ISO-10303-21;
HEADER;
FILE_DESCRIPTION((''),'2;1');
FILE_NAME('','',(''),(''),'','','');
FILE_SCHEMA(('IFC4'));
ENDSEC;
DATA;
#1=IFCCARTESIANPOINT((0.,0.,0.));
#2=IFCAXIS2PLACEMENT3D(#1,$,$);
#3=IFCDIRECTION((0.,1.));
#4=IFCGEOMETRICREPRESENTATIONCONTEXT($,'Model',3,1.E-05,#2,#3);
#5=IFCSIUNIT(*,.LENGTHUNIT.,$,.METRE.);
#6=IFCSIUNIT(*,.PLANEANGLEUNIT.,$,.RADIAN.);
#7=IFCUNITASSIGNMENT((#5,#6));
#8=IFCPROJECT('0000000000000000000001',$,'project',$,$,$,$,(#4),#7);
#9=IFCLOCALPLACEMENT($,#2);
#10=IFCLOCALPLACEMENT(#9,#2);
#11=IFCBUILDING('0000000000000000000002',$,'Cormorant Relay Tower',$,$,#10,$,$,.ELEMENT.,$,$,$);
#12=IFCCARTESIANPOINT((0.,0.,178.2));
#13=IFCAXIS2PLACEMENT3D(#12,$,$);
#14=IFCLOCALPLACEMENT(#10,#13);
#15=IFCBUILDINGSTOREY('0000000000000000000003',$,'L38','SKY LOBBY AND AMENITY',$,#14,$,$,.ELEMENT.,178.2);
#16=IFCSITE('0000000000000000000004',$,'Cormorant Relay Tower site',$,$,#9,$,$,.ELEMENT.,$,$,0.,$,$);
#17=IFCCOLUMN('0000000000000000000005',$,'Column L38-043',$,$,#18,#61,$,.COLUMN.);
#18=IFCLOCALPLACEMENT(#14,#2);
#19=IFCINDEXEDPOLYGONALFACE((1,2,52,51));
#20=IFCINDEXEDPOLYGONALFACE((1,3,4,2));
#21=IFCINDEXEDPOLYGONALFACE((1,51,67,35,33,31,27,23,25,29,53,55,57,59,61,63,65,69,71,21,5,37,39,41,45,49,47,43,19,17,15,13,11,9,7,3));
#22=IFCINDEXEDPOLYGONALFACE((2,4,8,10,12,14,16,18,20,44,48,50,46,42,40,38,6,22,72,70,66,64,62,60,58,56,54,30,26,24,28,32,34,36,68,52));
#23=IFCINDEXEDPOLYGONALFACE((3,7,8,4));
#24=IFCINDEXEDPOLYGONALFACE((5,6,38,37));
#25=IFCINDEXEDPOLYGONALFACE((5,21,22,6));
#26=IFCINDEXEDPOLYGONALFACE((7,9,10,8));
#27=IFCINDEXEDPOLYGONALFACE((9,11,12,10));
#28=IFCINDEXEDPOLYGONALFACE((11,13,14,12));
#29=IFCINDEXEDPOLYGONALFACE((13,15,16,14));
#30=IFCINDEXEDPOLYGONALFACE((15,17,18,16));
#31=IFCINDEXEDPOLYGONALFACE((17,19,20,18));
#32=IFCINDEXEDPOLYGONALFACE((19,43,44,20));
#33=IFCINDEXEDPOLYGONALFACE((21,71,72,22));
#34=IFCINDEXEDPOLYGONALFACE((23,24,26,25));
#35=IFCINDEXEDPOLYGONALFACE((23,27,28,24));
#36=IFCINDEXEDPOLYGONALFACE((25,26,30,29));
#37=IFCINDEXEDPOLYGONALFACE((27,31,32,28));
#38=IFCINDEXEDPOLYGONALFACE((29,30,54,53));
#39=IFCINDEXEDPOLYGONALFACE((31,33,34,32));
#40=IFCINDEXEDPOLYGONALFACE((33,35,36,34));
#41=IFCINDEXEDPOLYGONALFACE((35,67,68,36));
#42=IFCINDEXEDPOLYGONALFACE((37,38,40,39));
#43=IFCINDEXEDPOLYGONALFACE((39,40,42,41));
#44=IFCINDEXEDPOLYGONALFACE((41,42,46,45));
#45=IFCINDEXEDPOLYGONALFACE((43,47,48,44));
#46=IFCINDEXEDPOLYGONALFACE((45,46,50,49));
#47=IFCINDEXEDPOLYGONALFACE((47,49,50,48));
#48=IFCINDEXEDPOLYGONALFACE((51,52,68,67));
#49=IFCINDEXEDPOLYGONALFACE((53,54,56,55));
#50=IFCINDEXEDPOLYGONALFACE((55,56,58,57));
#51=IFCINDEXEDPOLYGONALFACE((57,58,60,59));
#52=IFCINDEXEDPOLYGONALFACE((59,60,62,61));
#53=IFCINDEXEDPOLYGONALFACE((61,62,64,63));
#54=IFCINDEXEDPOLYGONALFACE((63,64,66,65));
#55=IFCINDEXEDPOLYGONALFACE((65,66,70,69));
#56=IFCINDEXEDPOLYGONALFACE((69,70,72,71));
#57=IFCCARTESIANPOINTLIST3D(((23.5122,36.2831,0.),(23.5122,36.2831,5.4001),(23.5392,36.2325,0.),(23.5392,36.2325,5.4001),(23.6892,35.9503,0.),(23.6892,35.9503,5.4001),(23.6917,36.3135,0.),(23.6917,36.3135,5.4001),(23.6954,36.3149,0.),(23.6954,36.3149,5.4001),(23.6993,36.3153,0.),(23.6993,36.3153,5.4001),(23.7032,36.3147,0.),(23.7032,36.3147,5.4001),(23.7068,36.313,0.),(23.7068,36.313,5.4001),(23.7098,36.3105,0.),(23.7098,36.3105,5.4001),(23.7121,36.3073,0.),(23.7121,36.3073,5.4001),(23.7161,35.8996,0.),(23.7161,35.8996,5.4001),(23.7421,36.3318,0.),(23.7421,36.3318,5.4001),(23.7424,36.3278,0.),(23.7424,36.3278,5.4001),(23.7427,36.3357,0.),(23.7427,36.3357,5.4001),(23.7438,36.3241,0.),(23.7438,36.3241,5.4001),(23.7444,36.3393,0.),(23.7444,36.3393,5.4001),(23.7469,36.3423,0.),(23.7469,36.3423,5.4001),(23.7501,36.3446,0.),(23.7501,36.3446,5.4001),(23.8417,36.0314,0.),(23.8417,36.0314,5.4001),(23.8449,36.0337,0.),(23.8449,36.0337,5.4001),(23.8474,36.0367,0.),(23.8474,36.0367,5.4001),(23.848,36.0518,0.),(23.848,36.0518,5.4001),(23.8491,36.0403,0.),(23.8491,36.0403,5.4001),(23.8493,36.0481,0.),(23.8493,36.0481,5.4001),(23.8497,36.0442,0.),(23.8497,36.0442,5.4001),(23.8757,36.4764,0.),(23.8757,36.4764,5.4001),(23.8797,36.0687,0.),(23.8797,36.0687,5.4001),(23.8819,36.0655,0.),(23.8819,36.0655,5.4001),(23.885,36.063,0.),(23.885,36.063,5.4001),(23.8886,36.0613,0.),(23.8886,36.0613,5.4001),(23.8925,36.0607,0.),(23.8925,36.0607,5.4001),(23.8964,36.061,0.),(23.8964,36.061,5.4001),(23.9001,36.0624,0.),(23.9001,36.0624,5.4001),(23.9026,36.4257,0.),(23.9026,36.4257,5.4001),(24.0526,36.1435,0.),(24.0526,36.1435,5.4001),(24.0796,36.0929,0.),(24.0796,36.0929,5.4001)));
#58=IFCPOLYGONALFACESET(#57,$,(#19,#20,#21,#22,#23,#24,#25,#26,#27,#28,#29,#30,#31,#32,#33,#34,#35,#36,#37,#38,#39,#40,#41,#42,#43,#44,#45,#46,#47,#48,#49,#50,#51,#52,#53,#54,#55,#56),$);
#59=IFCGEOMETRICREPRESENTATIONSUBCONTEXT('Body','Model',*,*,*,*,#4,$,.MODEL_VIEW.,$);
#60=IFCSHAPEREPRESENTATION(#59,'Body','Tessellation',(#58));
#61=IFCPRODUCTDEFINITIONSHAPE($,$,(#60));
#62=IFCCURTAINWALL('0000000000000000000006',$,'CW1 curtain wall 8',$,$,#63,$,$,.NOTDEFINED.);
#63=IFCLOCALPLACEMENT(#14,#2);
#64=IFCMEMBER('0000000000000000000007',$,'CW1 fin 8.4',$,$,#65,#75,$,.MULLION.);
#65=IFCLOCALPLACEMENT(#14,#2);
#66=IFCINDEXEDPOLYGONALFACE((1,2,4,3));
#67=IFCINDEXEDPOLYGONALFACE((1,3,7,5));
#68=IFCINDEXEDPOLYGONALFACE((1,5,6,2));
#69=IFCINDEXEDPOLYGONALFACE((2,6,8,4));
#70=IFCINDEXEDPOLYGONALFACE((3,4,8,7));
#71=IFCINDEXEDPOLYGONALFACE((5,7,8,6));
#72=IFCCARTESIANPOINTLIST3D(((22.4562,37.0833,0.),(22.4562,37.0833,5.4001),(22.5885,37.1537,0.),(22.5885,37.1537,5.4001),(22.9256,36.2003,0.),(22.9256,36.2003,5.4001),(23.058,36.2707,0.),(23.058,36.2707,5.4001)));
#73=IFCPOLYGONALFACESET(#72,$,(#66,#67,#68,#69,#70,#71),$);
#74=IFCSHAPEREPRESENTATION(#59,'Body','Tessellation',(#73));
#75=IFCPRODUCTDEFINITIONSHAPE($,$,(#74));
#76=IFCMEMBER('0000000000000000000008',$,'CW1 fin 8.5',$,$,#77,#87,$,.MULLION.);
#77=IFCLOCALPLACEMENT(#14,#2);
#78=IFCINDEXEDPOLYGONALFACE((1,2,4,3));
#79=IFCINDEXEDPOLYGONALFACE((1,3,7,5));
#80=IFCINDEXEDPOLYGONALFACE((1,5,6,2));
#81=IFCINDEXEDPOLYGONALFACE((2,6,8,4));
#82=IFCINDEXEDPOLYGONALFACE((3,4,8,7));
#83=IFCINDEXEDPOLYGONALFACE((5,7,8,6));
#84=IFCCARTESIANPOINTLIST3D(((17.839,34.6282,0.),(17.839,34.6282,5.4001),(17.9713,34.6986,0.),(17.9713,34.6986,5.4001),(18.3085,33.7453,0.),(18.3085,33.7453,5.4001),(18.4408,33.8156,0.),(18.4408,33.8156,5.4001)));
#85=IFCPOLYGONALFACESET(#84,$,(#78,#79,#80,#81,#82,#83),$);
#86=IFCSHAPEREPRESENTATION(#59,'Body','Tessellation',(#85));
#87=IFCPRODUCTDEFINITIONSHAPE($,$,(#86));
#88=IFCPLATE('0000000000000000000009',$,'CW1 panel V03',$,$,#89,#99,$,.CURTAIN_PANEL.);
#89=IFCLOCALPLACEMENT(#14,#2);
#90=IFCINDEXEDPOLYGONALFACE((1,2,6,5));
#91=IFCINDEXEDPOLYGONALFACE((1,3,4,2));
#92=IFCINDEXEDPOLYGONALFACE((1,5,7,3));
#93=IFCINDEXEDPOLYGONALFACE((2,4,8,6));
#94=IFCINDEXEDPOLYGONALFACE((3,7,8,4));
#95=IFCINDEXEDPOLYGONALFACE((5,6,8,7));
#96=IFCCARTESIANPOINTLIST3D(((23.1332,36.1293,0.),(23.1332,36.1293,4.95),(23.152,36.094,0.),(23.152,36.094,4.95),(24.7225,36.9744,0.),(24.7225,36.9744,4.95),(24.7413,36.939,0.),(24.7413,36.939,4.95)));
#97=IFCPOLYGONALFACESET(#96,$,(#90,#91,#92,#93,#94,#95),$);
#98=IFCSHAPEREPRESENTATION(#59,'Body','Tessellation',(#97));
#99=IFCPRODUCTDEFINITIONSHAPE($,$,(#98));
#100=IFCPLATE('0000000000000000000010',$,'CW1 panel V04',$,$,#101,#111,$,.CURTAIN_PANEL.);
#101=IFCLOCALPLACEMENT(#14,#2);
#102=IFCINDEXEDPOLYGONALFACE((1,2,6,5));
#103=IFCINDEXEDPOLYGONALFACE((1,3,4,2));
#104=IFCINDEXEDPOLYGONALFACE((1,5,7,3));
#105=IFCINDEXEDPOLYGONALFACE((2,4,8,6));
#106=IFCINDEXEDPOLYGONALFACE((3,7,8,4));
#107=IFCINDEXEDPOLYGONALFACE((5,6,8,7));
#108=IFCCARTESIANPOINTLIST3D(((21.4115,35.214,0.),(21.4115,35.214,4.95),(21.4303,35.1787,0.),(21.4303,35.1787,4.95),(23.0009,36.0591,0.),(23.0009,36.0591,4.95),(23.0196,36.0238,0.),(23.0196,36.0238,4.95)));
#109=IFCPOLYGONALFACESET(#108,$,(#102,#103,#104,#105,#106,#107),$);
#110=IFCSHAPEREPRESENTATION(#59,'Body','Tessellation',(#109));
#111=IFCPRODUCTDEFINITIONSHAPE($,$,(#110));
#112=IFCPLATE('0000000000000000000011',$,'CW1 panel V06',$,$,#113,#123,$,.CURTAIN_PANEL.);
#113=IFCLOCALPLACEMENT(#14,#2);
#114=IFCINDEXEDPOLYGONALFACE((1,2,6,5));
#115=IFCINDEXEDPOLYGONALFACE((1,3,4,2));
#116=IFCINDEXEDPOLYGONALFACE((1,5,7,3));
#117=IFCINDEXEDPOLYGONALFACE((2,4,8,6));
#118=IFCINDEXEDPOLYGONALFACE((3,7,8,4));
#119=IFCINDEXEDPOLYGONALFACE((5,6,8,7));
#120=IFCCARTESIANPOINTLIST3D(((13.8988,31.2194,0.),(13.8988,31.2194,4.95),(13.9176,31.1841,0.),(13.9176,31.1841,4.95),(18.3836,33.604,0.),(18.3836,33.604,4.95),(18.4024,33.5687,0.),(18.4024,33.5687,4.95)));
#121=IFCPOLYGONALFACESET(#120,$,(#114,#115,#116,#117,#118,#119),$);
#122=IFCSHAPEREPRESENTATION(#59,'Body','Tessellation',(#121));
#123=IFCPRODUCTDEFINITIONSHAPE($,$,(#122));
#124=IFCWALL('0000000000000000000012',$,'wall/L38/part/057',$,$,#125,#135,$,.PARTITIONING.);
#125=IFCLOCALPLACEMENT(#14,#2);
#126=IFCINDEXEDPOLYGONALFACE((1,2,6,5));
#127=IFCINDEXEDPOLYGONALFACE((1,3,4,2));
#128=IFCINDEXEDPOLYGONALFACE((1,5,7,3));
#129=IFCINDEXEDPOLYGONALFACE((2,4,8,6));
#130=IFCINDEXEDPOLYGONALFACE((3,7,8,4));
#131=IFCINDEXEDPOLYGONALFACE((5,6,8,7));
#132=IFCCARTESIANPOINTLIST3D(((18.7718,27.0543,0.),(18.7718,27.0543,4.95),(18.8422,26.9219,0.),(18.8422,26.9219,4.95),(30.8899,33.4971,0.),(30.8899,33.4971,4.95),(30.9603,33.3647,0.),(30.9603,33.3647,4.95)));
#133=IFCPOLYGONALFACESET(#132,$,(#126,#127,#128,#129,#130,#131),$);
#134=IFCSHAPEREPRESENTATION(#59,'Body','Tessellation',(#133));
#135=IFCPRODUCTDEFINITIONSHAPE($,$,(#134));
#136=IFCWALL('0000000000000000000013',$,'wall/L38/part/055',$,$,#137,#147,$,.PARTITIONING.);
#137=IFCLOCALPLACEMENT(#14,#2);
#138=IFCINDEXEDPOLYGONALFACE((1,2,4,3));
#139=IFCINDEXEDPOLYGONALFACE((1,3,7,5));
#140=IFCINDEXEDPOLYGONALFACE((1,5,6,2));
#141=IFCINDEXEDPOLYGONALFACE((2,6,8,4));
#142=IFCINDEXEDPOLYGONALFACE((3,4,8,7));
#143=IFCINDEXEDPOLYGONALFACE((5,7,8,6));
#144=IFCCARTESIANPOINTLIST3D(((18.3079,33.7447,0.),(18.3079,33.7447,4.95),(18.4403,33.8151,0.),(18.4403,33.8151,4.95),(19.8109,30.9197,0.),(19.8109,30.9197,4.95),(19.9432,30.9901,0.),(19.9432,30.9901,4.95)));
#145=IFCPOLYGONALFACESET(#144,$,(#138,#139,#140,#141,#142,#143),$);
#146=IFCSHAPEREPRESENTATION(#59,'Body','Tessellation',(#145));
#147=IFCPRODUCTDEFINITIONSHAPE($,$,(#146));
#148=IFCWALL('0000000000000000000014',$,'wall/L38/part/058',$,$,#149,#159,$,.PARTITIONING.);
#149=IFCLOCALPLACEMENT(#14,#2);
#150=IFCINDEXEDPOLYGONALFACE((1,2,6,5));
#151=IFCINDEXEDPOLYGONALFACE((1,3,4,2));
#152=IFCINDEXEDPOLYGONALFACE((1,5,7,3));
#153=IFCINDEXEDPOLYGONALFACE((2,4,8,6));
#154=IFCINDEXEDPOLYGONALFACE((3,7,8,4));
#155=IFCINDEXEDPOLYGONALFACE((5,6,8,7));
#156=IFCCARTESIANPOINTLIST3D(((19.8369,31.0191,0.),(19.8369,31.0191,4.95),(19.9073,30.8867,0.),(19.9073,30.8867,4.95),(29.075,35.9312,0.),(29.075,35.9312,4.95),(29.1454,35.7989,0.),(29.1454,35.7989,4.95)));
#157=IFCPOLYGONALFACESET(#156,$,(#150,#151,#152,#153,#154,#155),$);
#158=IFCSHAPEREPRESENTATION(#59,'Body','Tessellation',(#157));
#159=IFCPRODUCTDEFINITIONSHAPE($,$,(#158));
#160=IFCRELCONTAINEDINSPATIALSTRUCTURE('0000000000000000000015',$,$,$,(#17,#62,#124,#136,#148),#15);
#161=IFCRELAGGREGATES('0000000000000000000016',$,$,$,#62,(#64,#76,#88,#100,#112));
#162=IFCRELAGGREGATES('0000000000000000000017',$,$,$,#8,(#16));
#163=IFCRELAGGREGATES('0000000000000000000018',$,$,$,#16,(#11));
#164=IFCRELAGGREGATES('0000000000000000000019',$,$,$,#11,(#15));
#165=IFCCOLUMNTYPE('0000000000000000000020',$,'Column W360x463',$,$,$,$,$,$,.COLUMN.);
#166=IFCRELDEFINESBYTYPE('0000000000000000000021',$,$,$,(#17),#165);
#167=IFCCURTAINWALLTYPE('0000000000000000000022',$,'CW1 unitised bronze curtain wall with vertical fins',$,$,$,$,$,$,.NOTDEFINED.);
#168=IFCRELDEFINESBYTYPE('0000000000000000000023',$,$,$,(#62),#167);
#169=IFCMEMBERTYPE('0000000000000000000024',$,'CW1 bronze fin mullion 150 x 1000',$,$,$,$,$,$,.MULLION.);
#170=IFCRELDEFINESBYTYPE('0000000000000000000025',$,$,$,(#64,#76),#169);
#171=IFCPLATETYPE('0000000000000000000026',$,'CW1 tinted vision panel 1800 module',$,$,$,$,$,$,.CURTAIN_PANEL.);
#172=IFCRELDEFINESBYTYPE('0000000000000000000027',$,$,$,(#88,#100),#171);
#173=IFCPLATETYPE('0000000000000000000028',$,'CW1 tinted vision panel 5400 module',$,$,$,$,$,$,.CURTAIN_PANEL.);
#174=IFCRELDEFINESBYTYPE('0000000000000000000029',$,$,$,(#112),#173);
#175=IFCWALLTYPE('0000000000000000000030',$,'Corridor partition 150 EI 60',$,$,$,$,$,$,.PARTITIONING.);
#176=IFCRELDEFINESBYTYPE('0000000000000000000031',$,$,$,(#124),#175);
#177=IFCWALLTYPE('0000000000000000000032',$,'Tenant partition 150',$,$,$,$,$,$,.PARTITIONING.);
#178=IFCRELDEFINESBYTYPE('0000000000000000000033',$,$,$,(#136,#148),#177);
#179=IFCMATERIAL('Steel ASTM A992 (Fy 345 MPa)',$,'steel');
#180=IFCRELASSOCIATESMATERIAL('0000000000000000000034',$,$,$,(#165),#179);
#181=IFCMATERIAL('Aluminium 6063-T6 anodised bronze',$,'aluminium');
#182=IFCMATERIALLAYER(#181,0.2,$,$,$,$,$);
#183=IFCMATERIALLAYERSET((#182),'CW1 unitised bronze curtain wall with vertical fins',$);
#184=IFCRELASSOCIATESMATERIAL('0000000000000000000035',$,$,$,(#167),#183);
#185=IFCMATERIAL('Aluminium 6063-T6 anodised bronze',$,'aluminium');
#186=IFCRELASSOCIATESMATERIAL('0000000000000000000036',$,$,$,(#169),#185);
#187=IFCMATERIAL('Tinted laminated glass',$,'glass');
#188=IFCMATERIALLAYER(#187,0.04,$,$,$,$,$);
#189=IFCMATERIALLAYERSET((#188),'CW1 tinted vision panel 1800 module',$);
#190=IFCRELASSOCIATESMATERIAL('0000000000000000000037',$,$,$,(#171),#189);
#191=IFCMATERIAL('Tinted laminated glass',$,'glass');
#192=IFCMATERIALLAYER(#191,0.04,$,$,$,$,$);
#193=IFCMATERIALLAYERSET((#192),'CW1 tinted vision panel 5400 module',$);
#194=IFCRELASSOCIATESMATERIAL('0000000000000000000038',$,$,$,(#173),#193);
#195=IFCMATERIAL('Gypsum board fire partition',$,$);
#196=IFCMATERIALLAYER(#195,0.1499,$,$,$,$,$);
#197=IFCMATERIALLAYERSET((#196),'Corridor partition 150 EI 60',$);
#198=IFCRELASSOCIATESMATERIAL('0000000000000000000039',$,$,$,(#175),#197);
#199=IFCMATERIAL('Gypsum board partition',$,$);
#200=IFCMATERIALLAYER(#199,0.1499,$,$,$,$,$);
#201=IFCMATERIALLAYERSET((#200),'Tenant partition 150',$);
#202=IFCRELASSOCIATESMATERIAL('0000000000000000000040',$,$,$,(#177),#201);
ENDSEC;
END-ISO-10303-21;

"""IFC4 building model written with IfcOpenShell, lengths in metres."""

from ifc_helpers import new_model, si_unit, direction, frame, frame_2d, origin, origin_2d, place, context, subcontext, project, spatial, rectangle, i_section, extrude, material, layer, layer_set, material_profile, profile_set, type_object, element, aggregate, save


model = new_model("IFC4")

# Units and contexts
model_context = context("Model", 3, precision=1e-05, world=origin(), true_north=direction((0.0, 1.0)))
body_context = subcontext(model_context, "Body", "Model", "MODEL_VIEW")
ifc_project = project(units=[si_unit("LENGTHUNIT", "METRE"), si_unit("PLANEANGLEUNIT", "RADIAN")], contexts=[model_context])

# Site, building, storey
site_placement = place(None, origin())
site = spatial("IfcSite", under=ifc_project, at=site_placement, Name="Cormorant Relay Tower site", CompositionType="ELEMENT", RefElevation=0.0)
building_placement = place(site_placement, origin())
building = spatial("IfcBuilding", under=site, at=building_placement, Name="Cormorant Relay Tower", CompositionType="ELEMENT")
storey_placement = place(building_placement, frame((0.0, 0.0, 178.2)))
storey = spatial("IfcBuildingStorey", under=building, at=storey_placement, Name="L38", Description="SKY LOBBY AND AMENITY", CompositionType="ELEMENT", Elevation=178.2)

# Column
ifc_material_1 = material(Name="Steel ASTM A992 (Fy 345 MPa)", Category="steel")
ifc_material_profile_1 = material_profile(ifc_material_1, i_section(OverallWidth=0.4116, OverallDepth=0.4343, WebThickness=0.0359, FlangeThickness=0.0574, FilletRadius=0.0151, at=origin_2d()), Name="W360x463")
ifc_profile_set_1 = profile_set([ifc_material_profile_1], Name="Steel ASTM A992 (Fy 345 MPa)")
column_type = type_object("IfcColumnType", Name="Column W360x463", PredefinedType="COLUMN", material=ifc_profile_set_1)
column_placement = place(storey_placement, frame((23.7959, 36.188, 0.0), z_axis=(0.0, 0.0, 1.0), x_axis=(-0.882948, -0.469472, 0.0)))
element("IfcColumn", 1, at=column_placement, inside=storey, type_object=column_type, Name="Column L38-043", PredefinedType="COLUMN", context=body_context, shape_type="SweptSolid", body=[
    extrude(i_section(OverallWidth=0.4116, OverallDepth=0.4343, WebThickness=0.0359, FlangeThickness=0.0574, FilletRadius=0.0151, at=origin_2d()), origin(), (0.0, 0.0, 1.0), 5.4001),
])

# Curtain wall, members, plates
ifc_material_2 = material(Name="Aluminium 6063-T6 anodised bronze", Category="aluminium")
ifc_layer_1 = layer(ifc_material_2, 0.2)
ifc_layer_set_1 = layer_set([ifc_layer_1], Name="CW1 unitised bronze curtain wall with vertical fins")
curtain_wall_type = type_object("IfcCurtainWallType", Name="CW1 unitised bronze curtain wall with vertical fins", PredefinedType="NOTDEFINED", material=ifc_layer_set_1)
curtain_wall_placement = place(storey_placement, origin())
curtain_wall = element("IfcCurtainWall", 2, at=curtain_wall_placement, inside=storey, type_object=curtain_wall_type, Name="CW1 curtain wall 8", PredefinedType="NOTDEFINED")
ifc_material_3 = material(Name="Aluminium 6063-T6 anodised bronze", Category="aluminium")
ifc_material_profile_2 = material_profile(ifc_material_3, rectangle(XDim=0.1499, YDim=1.0, at=origin_2d()), Name="AL 150x1000")
ifc_profile_set_2 = profile_set([ifc_material_profile_2], Name="Aluminium 6063-T6 anodised bronze")
member_type = type_object("IfcMemberType", Name="CW1 bronze fin mullion 150 x 1000", PredefinedType="MULLION", material=ifc_profile_set_2)
member_1_placement = place(storey_placement, frame((22.7571, 36.677, 0.0), z_axis=(0.0, 0.0, 1.0), x_axis=(-0.882948, -0.469472, 0.0)))
member_1 = element("IfcMember", 3, at=member_1_placement, type_object=member_type, Name="CW1 fin 8.4", PredefinedType="MULLION", context=body_context, shape_type="SweptSolid", body=[
    extrude(rectangle(XDim=0.1499, YDim=1.0, at=origin_2d()), origin(), (0.0, 0.0, 1.0), 5.4001),
])
member_2_placement = place(storey_placement, frame((18.1399, 34.2219, 0.0), z_axis=(0.0, 0.0, 1.0), x_axis=(-0.882948, -0.469472, 0.0)))
member_2 = element("IfcMember", 4, at=member_2_placement, type_object=member_type, Name="CW1 fin 8.5", PredefinedType="MULLION", context=body_context, shape_type="SweptSolid", body=[
    extrude(rectangle(XDim=0.1499, YDim=1.0, at=origin_2d()), origin(), (0.0, 0.0, 1.0), 5.4001),
])
ifc_material_4 = material(Name="Tinted laminated glass", Category="glass")
ifc_layer_2 = layer(ifc_material_4, 0.04)
ifc_layer_set_2 = layer_set([ifc_layer_2], Name="CW1 tinted vision panel 1800 module")
plate_type_1 = type_object("IfcPlateType", Name="CW1 tinted vision panel 1800 module", PredefinedType="CURTAIN_PANEL", material=ifc_layer_set_2)
plate_1_placement = place(storey_placement, frame((23.9373, 36.5342, 0.0), z_axis=(0.0, 0.0, 1.0), x_axis=(-0.882948, -0.469472, 0.0)))
plate_1 = element("IfcPlate", 5, at=plate_1_placement, type_object=plate_type_1, Name="CW1 panel V03", PredefinedType="CURTAIN_PANEL", context=body_context, shape_type="SweptSolid", body=[
    extrude(rectangle(XDim=1.8, YDim=0.04, at=origin_2d()), origin(), (0.0, 0.0, 1.0), 4.95),
])
plate_2_placement = place(storey_placement, frame((22.2156, 35.6189, 0.0), z_axis=(0.0, 0.0, 1.0), x_axis=(-0.882948, -0.469472, 0.0)))
plate_2 = element("IfcPlate", 6, at=plate_2_placement, type_object=plate_type_1, Name="CW1 panel V04", PredefinedType="CURTAIN_PANEL", context=body_context, shape_type="SweptSolid", body=[
    extrude(rectangle(XDim=1.8, YDim=0.04, at=origin_2d()), origin(), (0.0, 0.0, 1.0), 4.95),
])
ifc_material_5 = material(Name="Tinted laminated glass", Category="glass")
ifc_layer_3 = layer(ifc_material_5, 0.04)
ifc_layer_set_3 = layer_set([ifc_layer_3], Name="CW1 tinted vision panel 5400 module")
plate_type_2 = type_object("IfcPlateType", Name="CW1 tinted vision panel 5400 module", PredefinedType="CURTAIN_PANEL", material=ifc_layer_set_3)
plate_3_placement = place(storey_placement, frame((16.1506, 32.394, 0.0), z_axis=(0.0, 0.0, 1.0), x_axis=(-0.882948, -0.469472, 0.0)))
plate_3 = element("IfcPlate", 7, at=plate_3_placement, type_object=plate_type_2, Name="CW1 panel V06", PredefinedType="CURTAIN_PANEL", context=body_context, shape_type="SweptSolid", body=[
    extrude(rectangle(XDim=5.0793, YDim=0.04, at=origin_2d()), origin(), (0.0, 0.0, 1.0), 4.95),
])

# Walls
ifc_material_6 = material(Name="Gypsum board fire partition")
ifc_layer_4 = layer(ifc_material_6, 0.1499)
ifc_layer_set_4 = layer_set([ifc_layer_4], Name="Corridor partition 150 EI 60")
wall_type_1 = type_object("IfcWallType", Name="Corridor partition 150 EI 60", PredefinedType="PARTITIONING", material=ifc_layer_set_4)
wall_1_placement = place(storey_placement, frame((18.8069, 26.988, 0.0), z_axis=(0.0, 0.0, 1.0), x_axis=(0.882962, 0.469445, 0.0)))
element("IfcWall", 8, at=wall_1_placement, inside=storey, type_object=wall_type_1, Name="wall/L38/part/057", PredefinedType="PARTITIONING", context=body_context, shape_type="SweptSolid", body=[
    extrude(rectangle(XDim=13.7244, YDim=0.1499, at=frame_2d((6.8623, 0.0))), origin(), (0.0, 0.0, 1.0), 4.95),
])
ifc_material_7 = material(Name="Gypsum board partition")
ifc_layer_5 = layer(ifc_material_7, 0.1499)
ifc_layer_set_5 = layer_set([ifc_layer_5], Name="Tenant partition 150")
wall_type_2 = type_object("IfcWallType", Name="Tenant partition 150", PredefinedType="PARTITIONING", material=ifc_layer_set_5)
wall_2_placement = place(storey_placement, frame((18.374, 33.78, 0.0), z_axis=(0.0, 0.0, 1.0), x_axis=(0.469685, -0.882834, 0.0)))
element("IfcWall", 9, at=wall_2_placement, inside=storey, type_object=wall_type_2, Name="wall/L38/part/055", PredefinedType="PARTITIONING", context=body_context, shape_type="SweptSolid", body=[
    extrude(rectangle(XDim=3.2, YDim=0.1499, at=frame_2d((1.6001, 0.0))), origin(), (0.0, 0.0, 1.0), 4.95),
])
wall_3_placement = place(storey_placement, frame((19.8721, 30.9529, 0.0), z_axis=(0.0, 0.0, 1.0), x_axis=(0.882941, 0.469483, 0.0)))
element("IfcWall", 10, at=wall_3_placement, inside=storey, type_object=wall_type_2, Name="wall/L38/part/058", PredefinedType="PARTITIONING", context=body_context, shape_type="SweptSolid", body=[
    extrude(rectangle(XDim=10.4629, YDim=0.1499, at=frame_2d((5.2314, 0.0))), origin(), (0.0, 0.0, 1.0), 4.95),
])

aggregate(curtain_wall, [member_1, member_2, plate_1, plate_2, plate_3])

save(model, "model.ifc")
